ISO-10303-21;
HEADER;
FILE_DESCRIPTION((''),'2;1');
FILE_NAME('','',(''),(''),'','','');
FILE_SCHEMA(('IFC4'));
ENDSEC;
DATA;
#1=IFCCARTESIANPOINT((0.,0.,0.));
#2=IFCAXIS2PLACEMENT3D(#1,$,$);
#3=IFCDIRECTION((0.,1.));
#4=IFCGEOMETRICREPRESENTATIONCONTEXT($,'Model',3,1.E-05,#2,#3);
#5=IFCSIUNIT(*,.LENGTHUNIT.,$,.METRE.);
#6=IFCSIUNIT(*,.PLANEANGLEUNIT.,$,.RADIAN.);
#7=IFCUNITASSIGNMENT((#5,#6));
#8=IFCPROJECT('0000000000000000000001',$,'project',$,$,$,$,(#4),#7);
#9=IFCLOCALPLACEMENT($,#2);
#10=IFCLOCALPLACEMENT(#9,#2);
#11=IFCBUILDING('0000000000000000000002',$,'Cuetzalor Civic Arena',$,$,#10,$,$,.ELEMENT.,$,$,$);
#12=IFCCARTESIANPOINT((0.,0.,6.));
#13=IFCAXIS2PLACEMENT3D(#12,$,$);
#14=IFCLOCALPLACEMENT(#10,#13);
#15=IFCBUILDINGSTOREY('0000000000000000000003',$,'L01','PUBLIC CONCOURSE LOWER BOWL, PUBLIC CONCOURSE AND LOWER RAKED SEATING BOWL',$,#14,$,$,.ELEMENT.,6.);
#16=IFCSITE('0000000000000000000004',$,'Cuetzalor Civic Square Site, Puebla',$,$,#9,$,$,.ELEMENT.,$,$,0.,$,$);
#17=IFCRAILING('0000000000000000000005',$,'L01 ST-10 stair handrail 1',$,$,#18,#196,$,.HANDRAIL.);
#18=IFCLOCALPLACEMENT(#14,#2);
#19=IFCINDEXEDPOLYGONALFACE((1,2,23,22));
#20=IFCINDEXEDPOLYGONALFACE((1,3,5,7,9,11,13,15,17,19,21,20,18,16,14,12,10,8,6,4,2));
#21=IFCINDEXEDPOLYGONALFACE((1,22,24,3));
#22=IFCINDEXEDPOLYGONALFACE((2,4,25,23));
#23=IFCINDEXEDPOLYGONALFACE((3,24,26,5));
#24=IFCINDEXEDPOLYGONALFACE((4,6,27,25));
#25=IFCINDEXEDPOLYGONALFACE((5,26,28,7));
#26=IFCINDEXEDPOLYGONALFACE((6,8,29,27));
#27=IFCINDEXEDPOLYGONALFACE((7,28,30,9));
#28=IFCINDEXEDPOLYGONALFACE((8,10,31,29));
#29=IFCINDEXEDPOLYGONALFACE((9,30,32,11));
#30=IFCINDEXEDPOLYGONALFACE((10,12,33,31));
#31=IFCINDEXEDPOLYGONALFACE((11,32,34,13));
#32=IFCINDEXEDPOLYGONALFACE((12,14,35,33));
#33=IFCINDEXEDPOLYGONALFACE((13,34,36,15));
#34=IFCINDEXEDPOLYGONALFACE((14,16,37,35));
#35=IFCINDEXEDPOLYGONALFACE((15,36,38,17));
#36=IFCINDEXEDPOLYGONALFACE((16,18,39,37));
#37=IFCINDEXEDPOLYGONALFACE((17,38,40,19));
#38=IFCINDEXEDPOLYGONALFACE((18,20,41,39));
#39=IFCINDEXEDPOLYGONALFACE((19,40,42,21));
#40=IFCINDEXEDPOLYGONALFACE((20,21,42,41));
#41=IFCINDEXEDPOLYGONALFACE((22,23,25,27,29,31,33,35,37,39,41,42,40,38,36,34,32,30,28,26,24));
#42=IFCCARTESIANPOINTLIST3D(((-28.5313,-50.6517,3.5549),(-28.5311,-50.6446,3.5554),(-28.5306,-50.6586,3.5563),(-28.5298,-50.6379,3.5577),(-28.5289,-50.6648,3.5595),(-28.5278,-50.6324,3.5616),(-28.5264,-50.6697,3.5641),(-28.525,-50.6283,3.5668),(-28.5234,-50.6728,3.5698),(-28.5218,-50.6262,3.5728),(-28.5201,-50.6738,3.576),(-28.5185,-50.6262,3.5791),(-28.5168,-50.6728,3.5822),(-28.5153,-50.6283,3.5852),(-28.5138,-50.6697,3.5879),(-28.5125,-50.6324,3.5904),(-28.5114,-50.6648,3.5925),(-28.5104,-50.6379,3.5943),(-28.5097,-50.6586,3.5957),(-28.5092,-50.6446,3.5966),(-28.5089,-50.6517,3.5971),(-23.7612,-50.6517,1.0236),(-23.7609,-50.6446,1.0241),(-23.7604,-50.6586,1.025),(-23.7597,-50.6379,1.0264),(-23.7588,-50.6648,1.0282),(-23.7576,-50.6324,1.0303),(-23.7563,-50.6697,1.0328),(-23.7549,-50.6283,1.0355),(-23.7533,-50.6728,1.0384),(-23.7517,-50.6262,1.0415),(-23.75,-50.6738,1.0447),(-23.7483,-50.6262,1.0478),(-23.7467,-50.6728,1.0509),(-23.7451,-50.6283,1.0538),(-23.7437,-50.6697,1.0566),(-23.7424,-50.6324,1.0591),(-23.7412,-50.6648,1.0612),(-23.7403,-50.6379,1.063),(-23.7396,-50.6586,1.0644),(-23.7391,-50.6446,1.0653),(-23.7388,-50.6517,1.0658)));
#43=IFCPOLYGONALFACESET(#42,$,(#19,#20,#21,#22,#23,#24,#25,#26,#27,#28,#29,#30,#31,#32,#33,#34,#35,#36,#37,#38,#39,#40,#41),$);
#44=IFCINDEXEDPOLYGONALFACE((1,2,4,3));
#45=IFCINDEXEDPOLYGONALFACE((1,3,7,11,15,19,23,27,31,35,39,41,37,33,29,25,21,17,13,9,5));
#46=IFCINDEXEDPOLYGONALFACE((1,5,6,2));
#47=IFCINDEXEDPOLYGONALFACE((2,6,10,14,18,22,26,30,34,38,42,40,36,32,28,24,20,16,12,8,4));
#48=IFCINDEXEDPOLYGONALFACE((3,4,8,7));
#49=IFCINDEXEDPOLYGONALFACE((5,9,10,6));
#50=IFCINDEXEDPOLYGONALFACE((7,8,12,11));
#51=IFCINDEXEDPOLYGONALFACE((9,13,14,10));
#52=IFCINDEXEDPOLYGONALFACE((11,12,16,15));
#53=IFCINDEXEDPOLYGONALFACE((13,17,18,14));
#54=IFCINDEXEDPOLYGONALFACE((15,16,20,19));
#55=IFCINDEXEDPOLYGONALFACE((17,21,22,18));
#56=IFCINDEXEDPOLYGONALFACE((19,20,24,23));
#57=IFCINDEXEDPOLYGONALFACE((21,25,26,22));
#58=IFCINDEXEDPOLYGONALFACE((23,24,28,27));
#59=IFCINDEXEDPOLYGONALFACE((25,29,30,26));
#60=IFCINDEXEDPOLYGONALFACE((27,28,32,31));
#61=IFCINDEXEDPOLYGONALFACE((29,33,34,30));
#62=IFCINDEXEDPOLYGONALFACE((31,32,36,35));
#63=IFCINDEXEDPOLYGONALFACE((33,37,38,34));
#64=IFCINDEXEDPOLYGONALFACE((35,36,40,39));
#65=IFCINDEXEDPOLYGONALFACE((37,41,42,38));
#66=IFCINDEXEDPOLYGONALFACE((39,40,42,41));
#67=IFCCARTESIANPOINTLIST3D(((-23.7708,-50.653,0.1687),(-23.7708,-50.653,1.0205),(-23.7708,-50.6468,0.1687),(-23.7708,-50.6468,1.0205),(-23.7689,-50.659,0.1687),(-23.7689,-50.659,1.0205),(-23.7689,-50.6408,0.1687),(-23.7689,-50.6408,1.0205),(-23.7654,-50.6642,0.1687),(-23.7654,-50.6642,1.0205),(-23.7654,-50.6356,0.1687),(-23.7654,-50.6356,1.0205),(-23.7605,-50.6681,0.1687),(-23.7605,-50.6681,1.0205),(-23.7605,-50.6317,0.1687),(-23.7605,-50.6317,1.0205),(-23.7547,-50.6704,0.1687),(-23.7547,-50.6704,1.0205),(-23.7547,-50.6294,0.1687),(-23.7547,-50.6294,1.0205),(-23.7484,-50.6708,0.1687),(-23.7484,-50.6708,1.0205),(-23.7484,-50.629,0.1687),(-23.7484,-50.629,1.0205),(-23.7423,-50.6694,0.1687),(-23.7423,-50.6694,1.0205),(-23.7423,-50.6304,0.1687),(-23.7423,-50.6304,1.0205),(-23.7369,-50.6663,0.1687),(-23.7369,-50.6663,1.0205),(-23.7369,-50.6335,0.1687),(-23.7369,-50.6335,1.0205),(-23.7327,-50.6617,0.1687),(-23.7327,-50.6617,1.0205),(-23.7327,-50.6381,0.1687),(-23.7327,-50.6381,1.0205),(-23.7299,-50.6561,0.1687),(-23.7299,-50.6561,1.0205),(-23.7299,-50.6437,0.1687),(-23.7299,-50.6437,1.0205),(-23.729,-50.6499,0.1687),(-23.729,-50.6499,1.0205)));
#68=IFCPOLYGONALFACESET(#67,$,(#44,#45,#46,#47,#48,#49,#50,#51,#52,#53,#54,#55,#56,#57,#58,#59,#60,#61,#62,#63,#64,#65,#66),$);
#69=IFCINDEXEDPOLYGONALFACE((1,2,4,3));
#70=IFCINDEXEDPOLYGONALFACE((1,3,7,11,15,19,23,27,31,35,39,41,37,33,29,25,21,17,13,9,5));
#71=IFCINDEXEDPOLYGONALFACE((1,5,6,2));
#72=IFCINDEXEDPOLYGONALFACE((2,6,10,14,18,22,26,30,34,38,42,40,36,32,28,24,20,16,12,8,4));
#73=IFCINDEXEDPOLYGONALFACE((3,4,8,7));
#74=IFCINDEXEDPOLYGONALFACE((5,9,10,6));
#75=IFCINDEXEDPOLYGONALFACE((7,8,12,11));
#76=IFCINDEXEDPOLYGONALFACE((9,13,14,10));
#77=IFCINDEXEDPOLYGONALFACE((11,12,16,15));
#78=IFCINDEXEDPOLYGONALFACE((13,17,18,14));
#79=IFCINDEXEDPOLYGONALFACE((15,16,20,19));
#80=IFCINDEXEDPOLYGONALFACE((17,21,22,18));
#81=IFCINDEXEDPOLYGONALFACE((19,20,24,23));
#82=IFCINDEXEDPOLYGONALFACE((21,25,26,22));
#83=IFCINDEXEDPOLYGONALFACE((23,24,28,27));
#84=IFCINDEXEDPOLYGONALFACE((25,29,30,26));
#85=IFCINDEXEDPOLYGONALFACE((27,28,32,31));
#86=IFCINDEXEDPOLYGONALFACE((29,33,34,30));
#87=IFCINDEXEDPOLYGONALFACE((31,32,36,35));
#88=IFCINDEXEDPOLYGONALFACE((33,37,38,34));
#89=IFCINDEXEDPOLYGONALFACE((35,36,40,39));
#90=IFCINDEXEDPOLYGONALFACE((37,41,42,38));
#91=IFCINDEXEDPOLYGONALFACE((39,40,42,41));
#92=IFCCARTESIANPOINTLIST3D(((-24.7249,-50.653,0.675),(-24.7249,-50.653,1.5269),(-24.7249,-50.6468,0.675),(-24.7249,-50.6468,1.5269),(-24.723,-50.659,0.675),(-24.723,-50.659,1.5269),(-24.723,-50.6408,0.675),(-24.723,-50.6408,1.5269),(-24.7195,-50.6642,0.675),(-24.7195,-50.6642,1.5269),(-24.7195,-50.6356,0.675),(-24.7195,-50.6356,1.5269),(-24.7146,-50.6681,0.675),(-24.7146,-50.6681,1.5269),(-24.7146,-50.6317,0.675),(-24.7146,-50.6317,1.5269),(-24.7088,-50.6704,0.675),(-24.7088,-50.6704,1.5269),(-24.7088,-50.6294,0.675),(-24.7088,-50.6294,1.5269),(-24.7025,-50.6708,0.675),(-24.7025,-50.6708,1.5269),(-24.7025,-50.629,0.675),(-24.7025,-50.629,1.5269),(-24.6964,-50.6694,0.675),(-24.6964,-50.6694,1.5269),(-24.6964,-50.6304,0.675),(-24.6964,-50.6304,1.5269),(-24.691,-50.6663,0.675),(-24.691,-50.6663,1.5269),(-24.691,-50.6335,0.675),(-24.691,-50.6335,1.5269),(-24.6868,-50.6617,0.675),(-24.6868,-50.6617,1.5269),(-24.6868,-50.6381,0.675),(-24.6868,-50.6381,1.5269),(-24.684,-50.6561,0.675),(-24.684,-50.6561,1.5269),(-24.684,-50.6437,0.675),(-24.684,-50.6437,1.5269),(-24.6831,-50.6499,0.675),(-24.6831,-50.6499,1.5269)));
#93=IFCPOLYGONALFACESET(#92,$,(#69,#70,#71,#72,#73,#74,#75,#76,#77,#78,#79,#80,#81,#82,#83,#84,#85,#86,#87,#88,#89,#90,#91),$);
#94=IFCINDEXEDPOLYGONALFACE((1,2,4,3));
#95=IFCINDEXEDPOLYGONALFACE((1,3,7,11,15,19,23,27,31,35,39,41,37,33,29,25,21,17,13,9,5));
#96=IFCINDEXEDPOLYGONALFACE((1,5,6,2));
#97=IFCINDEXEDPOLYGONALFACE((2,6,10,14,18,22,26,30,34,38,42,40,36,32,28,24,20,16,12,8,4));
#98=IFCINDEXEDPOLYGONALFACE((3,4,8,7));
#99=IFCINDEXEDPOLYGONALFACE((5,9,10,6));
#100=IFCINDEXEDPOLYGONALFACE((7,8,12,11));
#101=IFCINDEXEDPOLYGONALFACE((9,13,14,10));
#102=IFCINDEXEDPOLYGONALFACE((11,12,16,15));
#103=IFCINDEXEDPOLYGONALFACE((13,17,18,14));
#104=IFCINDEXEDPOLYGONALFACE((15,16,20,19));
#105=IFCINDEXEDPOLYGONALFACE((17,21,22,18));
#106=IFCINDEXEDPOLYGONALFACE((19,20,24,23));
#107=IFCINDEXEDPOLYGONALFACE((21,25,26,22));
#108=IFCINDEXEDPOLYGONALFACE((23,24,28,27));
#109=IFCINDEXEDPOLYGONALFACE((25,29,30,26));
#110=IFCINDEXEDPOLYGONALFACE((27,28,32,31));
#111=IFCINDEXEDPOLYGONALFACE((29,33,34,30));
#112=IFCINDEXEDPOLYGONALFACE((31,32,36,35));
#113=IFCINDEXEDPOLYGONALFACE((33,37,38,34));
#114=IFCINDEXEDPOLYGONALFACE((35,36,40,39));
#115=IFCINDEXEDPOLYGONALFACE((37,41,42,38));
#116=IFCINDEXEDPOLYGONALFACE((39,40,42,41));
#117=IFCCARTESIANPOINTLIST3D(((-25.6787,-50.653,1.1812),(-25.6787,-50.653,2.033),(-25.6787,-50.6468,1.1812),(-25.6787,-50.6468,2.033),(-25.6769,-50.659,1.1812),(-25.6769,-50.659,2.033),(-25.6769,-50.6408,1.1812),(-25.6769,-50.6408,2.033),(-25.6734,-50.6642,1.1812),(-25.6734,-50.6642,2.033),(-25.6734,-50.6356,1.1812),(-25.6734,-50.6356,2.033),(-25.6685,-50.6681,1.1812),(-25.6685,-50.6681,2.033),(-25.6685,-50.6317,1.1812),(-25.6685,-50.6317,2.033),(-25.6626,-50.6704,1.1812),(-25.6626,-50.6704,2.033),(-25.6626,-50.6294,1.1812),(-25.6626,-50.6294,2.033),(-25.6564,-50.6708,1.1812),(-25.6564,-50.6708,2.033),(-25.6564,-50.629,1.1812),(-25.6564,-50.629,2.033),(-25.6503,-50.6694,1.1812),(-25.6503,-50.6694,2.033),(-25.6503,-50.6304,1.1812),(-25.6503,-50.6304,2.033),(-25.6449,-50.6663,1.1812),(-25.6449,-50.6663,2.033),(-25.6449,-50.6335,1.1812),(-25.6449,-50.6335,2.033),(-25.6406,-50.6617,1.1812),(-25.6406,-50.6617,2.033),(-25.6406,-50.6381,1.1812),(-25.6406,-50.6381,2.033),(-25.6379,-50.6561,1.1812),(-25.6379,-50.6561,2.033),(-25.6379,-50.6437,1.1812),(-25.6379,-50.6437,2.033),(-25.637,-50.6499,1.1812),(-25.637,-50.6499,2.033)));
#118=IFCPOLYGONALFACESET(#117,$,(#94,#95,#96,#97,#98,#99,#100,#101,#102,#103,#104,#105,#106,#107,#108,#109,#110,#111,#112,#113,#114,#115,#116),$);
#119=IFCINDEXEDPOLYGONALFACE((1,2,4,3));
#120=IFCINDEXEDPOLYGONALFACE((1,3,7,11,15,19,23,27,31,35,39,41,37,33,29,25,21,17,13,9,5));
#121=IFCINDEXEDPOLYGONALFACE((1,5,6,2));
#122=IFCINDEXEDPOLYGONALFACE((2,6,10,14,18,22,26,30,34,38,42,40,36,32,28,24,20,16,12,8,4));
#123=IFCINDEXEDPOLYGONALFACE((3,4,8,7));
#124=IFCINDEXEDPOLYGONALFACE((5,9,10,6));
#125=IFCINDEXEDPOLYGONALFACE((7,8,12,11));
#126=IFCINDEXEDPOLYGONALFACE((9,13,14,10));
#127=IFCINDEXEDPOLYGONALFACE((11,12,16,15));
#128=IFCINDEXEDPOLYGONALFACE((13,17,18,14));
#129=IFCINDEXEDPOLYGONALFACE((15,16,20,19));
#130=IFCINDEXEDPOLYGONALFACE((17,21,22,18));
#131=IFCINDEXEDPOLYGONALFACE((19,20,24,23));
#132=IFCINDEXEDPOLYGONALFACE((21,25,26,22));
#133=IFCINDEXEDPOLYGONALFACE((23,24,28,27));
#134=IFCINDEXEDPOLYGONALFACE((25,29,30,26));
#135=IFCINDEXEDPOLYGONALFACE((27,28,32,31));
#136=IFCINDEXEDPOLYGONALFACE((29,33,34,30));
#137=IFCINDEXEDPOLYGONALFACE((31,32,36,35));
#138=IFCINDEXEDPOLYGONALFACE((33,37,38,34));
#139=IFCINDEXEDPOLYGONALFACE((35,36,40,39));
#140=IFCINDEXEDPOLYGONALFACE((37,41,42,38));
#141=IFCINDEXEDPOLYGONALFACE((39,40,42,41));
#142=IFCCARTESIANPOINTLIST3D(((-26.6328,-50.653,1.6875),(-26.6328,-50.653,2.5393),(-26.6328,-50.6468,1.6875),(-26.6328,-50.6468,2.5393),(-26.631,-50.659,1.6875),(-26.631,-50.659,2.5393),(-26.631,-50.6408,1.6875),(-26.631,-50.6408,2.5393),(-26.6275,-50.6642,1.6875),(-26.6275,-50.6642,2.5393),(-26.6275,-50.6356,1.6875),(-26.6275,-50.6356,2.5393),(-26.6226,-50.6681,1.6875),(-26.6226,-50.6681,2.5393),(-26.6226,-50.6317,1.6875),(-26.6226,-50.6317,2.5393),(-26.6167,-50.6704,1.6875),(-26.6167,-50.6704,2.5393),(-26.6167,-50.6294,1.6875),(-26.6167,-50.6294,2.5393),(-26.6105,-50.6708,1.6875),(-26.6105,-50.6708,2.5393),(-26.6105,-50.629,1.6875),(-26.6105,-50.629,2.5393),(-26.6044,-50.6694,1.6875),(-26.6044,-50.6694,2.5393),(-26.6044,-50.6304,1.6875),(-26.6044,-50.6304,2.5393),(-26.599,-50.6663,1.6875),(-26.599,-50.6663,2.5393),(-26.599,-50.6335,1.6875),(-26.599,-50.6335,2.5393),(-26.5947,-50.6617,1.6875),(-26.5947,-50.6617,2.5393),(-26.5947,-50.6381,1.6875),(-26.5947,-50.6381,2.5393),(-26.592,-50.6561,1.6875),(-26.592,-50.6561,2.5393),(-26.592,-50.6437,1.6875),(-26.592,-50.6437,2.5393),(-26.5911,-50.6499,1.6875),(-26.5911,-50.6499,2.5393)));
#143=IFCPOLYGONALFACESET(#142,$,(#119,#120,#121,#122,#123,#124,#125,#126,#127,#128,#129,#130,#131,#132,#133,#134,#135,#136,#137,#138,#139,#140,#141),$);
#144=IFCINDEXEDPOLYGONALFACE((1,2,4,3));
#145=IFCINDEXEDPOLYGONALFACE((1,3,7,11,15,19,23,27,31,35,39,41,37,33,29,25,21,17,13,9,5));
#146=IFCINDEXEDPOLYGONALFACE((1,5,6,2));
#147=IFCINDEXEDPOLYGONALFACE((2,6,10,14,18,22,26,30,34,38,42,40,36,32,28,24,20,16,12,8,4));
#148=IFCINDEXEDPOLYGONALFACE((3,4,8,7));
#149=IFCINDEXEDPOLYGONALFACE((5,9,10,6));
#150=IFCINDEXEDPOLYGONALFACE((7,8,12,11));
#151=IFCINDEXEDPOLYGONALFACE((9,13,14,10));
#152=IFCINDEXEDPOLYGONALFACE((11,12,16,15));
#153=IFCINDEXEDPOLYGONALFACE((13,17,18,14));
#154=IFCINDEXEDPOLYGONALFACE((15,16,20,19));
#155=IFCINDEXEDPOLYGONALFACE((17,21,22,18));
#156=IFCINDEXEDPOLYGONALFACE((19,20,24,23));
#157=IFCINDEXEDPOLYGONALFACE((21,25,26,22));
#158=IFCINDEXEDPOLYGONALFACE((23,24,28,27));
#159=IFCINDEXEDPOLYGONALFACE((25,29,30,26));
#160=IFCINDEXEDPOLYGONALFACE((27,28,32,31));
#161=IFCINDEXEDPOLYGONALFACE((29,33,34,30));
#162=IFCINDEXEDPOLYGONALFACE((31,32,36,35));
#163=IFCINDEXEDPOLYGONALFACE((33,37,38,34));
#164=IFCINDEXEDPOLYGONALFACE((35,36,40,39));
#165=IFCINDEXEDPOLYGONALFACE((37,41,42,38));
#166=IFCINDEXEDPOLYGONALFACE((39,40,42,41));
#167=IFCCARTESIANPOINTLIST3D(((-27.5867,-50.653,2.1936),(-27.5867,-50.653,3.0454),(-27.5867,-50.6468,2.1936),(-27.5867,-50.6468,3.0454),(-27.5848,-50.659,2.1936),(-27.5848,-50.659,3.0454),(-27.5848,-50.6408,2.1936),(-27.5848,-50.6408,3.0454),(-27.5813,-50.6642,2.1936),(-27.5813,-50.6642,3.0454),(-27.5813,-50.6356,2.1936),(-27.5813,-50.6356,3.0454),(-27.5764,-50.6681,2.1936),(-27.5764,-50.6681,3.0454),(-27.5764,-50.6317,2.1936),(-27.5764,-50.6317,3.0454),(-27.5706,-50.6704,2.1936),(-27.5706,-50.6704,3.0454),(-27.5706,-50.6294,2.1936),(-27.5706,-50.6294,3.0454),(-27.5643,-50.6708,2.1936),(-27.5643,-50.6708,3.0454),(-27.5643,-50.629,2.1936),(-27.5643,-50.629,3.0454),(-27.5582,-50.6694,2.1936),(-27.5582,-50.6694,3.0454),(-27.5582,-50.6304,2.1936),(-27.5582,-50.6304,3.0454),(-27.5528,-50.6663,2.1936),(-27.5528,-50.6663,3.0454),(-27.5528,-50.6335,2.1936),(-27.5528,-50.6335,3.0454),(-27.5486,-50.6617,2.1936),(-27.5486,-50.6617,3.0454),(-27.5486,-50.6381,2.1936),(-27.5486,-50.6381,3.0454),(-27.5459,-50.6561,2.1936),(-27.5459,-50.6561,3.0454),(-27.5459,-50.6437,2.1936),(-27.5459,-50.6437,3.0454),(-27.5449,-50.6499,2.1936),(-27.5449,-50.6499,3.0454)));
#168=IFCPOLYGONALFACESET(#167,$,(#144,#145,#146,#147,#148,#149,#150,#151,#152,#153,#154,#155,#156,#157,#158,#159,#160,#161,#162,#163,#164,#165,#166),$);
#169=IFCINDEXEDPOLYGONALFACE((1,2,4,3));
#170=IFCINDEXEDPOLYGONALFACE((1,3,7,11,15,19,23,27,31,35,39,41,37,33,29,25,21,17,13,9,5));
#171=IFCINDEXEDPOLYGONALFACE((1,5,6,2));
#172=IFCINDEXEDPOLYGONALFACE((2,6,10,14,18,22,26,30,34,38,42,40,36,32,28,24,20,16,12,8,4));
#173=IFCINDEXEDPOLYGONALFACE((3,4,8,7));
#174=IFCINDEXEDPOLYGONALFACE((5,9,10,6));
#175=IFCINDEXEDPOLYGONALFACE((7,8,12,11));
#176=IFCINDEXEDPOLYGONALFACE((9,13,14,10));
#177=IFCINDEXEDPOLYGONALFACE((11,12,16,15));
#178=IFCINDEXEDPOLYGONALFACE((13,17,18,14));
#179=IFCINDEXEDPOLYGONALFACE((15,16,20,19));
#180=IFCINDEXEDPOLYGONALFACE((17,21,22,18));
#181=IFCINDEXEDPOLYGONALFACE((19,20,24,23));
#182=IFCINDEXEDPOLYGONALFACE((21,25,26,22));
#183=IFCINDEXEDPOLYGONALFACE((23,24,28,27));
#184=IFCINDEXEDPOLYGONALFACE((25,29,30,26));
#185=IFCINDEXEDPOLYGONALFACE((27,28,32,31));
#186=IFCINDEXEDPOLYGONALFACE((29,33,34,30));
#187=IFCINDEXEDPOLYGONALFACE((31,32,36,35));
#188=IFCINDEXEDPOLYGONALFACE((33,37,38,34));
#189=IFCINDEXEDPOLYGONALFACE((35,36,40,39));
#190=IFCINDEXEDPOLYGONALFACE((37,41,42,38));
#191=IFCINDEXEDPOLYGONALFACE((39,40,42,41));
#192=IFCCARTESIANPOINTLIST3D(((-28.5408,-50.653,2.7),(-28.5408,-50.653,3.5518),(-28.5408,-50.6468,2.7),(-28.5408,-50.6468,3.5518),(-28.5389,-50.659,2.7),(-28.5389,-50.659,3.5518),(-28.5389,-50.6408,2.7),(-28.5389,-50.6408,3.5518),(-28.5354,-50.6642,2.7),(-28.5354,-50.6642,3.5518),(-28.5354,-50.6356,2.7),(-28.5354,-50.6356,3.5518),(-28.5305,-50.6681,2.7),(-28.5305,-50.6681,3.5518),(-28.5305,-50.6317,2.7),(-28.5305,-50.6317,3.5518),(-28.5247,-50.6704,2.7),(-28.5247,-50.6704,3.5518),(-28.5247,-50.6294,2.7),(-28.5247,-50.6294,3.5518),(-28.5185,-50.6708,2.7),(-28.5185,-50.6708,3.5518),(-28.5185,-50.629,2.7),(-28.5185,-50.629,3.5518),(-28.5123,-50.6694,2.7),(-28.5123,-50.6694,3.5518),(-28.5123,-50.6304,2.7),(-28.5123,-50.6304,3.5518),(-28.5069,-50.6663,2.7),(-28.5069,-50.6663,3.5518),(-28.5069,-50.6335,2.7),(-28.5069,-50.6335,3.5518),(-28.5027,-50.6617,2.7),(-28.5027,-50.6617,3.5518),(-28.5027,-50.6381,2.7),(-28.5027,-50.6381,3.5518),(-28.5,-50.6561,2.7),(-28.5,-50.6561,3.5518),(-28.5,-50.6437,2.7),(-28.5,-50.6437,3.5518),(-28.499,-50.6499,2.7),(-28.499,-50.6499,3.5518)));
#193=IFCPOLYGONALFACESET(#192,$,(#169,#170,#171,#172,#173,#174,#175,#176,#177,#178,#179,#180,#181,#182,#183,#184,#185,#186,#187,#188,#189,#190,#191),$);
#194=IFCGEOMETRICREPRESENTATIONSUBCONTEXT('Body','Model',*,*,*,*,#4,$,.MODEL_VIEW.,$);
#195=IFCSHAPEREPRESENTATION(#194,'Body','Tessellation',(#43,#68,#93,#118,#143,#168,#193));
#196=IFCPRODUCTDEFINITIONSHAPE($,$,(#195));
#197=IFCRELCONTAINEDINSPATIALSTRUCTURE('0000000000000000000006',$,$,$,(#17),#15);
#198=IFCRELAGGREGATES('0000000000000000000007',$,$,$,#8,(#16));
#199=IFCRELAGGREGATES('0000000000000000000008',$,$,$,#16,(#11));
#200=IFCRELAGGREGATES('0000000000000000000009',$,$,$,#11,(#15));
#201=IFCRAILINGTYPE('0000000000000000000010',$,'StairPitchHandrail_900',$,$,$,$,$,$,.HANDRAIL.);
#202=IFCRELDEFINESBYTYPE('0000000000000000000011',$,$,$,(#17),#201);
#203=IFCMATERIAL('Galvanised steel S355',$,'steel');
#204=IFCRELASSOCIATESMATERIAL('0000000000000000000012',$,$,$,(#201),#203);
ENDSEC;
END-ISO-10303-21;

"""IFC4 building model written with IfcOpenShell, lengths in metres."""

from ifc_helpers import new_model, si_unit, direction, frame, origin, origin_2d, place, context, subcontext, project, spatial, circle, extrude, material, type_object, element, save


model = new_model("IFC4")

# Units and contexts
model_context = context("Model", 3, precision=1e-05, world=origin(), true_north=direction((0.0, 1.0)))
body_context = subcontext(model_context, "Body", "Model", "MODEL_VIEW")
ifc_project = project(units=[si_unit("LENGTHUNIT", "METRE"), si_unit("PLANEANGLEUNIT", "RADIAN")], contexts=[model_context])

# Site, building, storey
site_placement = place(None, origin())
site = spatial("IfcSite", under=ifc_project, at=site_placement, Name="Cuetzalor Civic Square Site, Puebla", CompositionType="ELEMENT", RefElevation=0.0)
building_placement = place(site_placement, origin())
building = spatial("IfcBuilding", under=site, at=building_placement, Name="Cuetzalor Civic Arena", CompositionType="ELEMENT")
storey_placement = place(building_placement, frame((0.0, 0.0, 6.0)))
storey = spatial("IfcBuildingStorey", under=building, at=storey_placement, Name="L01", Description="PUBLIC CONCOURSE LOWER BOWL, PUBLIC CONCOURSE AND LOWER RAKED SEATING BOWL", CompositionType="ELEMENT", Elevation=6.0)

# Railing
ifc_material_1 = material(Name="Galvanised steel S355", Category="steel")
railing_type_1 = type_object("IfcRailingType", Name="StairPitchHandrail_900", PredefinedType="HANDRAIL", material=ifc_material_1)
railing_1_placement = place(storey_placement, frame((-23.75, -50.6499, 0.1687)))
element("IfcRailing", 1, at=railing_1_placement, inside=storey, type_object=railing_type_1, Name="L01 ST-10 stair handrail 1", PredefinedType="HANDRAIL", context=body_context, shape_type="SweptSolid", body=[
    extrude(circle(Radius=0.0239, at=origin_2d()), frame((0.0, 0.0, 0.876), z_axis=(-0.883332, 0.0, 0.468747), x_axis=(0.0, -1.0, 0.0)), (0.0, 0.0, 1.0), 5.4001),
    extrude(circle(Radius=0.021, at=origin_2d()), origin(), (0.0, 0.0, 1.0), 0.8518),
    extrude(circle(Radius=0.021, at=origin_2d()), frame((-0.9541, 0.0, 0.5063)), (0.0, 0.0, 1.0), 0.8518),
    extrude(circle(Radius=0.021, at=origin_2d()), frame((-1.908, 0.0, 1.0125)), (0.0, 0.0, 1.0), 0.8518),
    extrude(circle(Radius=0.021, at=origin_2d()), frame((-2.8621, 0.0, 1.5188)), (0.0, 0.0, 1.0), 0.8518),
    extrude(circle(Radius=0.021, at=origin_2d()), frame((-3.8159, 0.0, 2.0249)), (0.0, 0.0, 1.0), 0.8518),
    extrude(circle(Radius=0.021, at=origin_2d()), frame((-4.77, 0.0, 2.5312)), (0.0, 0.0, 1.0), 0.8518),
])

save(model, "model.ifc")
